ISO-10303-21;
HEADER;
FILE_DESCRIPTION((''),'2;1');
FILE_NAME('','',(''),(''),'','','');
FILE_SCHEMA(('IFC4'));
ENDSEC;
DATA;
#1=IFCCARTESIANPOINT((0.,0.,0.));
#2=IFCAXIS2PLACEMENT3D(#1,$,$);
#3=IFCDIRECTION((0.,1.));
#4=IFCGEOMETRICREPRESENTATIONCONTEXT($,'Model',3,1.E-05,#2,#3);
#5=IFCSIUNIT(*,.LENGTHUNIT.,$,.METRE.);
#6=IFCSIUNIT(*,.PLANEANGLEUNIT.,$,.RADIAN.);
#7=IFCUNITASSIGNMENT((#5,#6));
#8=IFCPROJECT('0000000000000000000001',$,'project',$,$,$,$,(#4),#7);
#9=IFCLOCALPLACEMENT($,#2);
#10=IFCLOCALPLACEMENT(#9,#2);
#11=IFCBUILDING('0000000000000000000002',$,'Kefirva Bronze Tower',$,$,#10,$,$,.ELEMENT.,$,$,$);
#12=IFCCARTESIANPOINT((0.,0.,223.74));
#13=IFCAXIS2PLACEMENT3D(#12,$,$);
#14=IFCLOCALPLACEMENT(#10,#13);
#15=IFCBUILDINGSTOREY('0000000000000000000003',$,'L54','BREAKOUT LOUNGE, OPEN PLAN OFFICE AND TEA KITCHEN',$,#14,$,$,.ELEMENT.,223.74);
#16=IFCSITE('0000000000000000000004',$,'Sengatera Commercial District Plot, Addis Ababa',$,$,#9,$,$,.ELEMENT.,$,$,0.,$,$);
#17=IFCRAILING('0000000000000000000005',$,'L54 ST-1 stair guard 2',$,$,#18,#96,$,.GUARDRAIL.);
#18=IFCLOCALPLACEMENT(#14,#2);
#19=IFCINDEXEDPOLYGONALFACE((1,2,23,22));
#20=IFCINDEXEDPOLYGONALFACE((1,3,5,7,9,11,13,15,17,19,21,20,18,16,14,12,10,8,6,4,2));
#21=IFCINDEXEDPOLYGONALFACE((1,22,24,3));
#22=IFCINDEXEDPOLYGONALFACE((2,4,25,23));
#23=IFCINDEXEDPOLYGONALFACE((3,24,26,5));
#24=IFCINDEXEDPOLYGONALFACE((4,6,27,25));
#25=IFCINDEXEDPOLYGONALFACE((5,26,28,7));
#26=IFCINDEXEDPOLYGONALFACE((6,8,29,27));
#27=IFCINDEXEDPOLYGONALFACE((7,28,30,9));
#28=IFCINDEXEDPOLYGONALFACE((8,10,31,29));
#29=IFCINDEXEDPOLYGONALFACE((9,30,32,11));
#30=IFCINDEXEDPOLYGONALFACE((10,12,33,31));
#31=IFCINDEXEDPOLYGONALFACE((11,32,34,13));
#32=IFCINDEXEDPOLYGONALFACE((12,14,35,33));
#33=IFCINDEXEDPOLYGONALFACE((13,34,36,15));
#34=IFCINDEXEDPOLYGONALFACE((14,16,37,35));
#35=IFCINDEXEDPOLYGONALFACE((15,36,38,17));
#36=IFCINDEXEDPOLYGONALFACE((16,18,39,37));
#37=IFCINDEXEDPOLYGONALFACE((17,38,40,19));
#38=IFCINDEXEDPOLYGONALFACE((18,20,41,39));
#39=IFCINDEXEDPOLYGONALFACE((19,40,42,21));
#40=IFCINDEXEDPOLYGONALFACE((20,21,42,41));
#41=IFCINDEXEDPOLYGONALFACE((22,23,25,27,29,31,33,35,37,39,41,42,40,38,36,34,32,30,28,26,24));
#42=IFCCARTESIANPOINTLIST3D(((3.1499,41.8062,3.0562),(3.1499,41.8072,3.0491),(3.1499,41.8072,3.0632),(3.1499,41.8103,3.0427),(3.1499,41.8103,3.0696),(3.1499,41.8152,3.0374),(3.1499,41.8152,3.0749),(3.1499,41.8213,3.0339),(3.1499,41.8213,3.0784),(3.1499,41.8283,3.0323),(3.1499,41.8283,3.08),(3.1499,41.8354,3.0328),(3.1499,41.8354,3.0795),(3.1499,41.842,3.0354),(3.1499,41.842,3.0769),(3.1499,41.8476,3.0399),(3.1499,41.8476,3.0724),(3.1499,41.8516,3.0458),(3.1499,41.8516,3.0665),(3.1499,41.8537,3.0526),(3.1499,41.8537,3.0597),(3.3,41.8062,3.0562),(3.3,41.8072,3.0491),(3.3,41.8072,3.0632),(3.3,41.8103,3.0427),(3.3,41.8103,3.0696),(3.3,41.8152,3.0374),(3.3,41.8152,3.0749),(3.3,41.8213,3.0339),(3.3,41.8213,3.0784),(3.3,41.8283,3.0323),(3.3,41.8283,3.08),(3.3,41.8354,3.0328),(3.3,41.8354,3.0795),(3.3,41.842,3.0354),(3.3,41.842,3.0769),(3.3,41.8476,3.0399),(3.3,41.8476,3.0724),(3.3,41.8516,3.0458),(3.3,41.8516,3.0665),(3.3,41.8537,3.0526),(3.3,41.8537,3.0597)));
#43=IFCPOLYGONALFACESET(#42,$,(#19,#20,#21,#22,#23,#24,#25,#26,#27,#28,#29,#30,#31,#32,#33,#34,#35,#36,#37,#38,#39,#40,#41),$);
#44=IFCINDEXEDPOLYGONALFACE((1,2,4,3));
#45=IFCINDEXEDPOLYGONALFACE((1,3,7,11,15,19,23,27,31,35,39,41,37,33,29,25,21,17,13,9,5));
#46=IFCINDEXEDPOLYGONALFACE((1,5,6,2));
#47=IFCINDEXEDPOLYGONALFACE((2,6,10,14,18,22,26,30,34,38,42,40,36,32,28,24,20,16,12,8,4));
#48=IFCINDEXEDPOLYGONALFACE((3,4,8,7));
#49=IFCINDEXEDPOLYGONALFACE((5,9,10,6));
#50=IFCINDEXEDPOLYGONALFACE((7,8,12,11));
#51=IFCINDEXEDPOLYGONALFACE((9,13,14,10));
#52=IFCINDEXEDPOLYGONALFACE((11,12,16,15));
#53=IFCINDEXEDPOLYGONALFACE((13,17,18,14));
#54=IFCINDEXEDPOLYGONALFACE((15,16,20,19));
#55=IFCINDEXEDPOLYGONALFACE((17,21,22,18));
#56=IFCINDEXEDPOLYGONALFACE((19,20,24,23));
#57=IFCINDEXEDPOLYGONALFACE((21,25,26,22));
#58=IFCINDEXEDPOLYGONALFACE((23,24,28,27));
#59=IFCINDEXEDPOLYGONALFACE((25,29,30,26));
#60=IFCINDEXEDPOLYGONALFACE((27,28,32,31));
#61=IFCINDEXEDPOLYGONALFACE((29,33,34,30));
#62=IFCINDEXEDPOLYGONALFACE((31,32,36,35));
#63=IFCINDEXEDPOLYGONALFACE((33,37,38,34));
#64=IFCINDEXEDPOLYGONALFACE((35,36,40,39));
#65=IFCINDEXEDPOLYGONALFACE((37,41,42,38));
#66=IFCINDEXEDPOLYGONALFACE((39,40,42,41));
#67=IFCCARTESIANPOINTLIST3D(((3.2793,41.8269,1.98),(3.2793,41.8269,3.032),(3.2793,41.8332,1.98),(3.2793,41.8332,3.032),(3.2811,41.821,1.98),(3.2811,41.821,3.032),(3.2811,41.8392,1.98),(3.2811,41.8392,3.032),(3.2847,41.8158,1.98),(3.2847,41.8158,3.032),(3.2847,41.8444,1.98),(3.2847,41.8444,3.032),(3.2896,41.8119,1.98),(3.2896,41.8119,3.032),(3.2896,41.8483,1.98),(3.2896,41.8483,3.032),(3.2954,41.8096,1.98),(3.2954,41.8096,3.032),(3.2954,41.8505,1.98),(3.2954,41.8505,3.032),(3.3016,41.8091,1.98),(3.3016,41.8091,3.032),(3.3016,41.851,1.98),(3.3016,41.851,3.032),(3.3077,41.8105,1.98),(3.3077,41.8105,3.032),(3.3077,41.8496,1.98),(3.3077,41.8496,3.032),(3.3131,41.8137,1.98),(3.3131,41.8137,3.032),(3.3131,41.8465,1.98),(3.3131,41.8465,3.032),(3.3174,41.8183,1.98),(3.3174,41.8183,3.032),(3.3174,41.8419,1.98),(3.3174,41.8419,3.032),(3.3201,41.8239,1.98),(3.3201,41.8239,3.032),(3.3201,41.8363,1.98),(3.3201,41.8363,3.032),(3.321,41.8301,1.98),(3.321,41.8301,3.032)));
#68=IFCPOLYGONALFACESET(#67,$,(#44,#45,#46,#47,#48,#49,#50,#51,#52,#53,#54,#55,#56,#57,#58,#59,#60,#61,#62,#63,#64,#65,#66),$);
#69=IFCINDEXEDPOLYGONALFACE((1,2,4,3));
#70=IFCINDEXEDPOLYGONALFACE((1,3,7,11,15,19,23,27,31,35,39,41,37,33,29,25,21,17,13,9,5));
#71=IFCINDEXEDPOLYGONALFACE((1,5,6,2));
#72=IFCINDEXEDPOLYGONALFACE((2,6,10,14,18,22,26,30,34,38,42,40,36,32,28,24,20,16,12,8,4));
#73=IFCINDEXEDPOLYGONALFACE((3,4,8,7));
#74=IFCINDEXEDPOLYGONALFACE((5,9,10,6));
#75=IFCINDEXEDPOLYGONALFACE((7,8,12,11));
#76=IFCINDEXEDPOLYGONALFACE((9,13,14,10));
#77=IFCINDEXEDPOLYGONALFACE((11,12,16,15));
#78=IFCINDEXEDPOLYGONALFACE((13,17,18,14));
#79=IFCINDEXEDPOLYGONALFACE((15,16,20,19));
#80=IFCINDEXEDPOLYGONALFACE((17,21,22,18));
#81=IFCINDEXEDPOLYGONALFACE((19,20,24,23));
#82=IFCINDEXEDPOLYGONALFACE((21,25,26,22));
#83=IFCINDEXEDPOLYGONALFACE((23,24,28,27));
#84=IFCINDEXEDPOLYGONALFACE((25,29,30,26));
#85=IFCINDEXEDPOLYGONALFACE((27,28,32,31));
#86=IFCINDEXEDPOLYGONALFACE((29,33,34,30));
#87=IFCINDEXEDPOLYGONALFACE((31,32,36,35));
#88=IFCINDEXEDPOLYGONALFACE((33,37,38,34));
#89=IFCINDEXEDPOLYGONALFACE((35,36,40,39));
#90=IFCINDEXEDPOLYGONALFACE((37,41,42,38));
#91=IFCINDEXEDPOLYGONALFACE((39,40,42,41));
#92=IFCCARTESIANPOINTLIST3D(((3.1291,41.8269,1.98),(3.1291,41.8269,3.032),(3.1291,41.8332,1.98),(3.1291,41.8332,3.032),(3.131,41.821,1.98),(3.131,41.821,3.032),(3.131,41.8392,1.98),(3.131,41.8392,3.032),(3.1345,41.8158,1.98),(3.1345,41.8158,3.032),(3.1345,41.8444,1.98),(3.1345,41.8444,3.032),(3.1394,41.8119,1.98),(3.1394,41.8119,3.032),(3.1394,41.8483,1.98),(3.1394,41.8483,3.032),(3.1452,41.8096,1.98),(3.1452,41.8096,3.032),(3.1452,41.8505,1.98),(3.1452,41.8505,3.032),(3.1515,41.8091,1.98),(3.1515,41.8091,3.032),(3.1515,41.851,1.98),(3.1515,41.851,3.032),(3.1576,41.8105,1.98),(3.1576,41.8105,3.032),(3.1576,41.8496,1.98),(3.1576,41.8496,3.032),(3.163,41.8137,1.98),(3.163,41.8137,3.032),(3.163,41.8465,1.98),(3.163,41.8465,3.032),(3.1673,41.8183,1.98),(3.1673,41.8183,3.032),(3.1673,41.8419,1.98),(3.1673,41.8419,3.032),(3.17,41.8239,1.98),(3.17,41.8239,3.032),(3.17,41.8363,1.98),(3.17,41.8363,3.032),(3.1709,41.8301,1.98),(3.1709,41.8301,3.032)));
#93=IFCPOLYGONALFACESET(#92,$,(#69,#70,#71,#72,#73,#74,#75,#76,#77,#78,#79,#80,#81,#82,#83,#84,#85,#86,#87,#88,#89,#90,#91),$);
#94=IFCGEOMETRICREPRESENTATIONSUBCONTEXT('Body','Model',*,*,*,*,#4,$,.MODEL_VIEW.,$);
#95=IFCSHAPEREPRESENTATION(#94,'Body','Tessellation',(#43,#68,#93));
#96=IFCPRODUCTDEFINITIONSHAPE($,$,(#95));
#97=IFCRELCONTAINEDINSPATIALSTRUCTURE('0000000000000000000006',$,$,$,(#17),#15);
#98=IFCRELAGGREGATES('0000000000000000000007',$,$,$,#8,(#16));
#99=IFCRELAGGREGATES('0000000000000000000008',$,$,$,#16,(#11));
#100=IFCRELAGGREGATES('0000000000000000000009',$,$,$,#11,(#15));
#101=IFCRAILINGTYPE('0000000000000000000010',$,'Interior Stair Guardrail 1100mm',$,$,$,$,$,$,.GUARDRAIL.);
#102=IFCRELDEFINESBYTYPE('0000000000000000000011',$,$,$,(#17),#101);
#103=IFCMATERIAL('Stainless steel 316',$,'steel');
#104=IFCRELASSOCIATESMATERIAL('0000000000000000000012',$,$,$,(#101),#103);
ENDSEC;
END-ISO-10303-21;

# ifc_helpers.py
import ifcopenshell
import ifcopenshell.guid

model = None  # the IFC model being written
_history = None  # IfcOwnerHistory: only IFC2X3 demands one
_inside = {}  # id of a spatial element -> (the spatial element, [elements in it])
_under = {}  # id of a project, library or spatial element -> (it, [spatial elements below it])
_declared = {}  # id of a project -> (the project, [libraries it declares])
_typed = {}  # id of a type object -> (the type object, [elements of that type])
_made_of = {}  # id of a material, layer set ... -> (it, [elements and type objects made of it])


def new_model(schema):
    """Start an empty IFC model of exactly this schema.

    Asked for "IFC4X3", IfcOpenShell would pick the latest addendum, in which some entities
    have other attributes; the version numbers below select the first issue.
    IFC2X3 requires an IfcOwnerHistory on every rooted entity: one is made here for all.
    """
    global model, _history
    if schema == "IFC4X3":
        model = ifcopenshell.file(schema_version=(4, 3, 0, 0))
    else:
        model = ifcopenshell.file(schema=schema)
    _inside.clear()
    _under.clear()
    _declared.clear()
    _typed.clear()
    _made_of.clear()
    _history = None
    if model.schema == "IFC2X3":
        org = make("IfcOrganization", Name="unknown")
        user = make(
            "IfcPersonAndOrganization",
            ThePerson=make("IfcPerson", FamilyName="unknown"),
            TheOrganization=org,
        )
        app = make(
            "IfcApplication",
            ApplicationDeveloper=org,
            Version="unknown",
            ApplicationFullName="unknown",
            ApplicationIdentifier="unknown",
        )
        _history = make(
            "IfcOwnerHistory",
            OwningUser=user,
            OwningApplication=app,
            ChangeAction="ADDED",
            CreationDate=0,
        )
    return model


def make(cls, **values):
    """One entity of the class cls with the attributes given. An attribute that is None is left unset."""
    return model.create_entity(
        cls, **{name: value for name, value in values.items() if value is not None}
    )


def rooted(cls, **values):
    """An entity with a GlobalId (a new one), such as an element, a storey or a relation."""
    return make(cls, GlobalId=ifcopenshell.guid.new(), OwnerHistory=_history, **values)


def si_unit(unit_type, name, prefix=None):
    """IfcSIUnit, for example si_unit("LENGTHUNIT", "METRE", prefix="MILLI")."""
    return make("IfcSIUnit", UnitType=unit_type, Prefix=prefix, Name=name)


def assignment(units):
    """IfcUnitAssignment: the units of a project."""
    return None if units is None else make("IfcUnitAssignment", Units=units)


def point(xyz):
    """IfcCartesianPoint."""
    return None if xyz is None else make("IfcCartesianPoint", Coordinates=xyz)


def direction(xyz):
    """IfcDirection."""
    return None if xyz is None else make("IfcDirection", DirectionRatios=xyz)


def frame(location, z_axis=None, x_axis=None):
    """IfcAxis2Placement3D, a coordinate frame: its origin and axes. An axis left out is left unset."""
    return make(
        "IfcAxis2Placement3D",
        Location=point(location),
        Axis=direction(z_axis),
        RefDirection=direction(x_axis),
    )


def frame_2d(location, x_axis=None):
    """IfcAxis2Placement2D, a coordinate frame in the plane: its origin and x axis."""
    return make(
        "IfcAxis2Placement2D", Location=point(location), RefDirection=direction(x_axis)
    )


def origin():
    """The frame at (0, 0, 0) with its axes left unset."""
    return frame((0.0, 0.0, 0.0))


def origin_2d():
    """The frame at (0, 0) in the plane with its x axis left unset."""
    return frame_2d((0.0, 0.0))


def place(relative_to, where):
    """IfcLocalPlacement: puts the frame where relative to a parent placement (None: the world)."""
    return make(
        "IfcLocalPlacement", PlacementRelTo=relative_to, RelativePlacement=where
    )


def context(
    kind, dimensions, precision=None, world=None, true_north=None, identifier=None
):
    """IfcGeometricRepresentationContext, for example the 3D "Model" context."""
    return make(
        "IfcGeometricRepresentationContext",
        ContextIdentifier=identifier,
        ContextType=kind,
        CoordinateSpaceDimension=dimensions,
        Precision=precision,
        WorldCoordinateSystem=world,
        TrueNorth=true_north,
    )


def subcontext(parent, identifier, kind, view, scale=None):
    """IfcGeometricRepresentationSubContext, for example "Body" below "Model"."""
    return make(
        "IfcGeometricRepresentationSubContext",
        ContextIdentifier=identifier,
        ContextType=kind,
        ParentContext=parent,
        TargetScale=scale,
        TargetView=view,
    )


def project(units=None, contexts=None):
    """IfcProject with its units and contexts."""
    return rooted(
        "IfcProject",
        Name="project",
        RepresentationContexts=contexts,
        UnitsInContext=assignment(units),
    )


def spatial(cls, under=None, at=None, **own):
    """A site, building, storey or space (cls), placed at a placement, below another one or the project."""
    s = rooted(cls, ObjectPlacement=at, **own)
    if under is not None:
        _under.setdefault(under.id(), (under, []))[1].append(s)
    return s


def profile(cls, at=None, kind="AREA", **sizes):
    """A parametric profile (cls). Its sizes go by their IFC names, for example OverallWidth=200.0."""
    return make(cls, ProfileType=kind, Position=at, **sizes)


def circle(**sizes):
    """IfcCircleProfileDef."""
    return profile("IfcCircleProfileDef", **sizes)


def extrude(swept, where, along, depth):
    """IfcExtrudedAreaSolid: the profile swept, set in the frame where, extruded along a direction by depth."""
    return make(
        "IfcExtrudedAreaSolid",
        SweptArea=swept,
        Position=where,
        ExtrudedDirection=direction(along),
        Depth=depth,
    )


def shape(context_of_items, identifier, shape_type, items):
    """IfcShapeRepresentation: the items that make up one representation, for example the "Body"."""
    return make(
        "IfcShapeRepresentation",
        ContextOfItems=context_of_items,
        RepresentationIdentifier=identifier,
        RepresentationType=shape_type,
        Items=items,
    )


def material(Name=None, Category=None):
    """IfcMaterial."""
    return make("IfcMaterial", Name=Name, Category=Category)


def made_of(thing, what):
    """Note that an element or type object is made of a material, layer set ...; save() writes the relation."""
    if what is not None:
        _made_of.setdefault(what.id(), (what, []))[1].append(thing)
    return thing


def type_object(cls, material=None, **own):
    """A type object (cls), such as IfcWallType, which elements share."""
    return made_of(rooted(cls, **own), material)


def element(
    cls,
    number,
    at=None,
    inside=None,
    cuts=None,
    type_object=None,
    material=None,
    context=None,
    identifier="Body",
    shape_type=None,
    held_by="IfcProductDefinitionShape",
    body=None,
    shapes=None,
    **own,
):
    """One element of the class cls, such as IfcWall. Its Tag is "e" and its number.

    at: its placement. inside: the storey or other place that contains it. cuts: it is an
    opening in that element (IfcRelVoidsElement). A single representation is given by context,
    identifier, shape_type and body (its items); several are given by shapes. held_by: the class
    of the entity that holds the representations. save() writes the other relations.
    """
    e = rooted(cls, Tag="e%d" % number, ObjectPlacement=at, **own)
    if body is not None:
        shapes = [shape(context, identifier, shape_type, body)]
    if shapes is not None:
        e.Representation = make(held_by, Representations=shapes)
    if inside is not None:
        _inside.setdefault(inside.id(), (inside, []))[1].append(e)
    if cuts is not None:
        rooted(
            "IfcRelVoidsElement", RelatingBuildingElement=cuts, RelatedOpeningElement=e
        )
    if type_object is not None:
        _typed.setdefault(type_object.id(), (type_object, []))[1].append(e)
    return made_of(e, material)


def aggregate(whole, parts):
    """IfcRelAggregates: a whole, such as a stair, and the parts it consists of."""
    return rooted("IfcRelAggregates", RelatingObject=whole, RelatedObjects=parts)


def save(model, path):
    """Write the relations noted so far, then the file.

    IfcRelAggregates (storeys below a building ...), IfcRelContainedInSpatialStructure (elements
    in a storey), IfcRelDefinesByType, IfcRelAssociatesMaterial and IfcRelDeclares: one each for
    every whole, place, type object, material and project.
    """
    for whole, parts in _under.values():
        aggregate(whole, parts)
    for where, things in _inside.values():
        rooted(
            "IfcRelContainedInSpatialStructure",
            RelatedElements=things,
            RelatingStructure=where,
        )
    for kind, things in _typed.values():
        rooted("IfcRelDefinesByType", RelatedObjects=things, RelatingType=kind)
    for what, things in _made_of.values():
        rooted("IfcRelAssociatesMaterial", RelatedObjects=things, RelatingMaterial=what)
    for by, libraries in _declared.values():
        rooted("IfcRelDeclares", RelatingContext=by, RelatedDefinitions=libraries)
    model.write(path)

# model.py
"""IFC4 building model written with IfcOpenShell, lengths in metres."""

from ifc_helpers import new_model, si_unit, direction, frame, origin, origin_2d, place, context, subcontext, project, spatial, circle, extrude, material, type_object, element, save


model = new_model("IFC4")

# Units and contexts
model_context = context("Model", 3, precision=1e-05, world=origin(), true_north=direction((0.0, 1.0)))
body_context = subcontext(model_context, "Body", "Model", "MODEL_VIEW")
ifc_project = project(units=[si_unit("LENGTHUNIT", "METRE"), si_unit("PLANEANGLEUNIT", "RADIAN")], contexts=[model_context])

# Site, building, storey
site_placement = place(None, origin())
site = spatial("IfcSite", under=ifc_project, at=site_placement, Name="Sengatera Commercial District Plot, Addis Ababa", CompositionType="ELEMENT", RefElevation=0.0)
building_placement = place(site_placement, origin())
building = spatial("IfcBuilding", under=site, at=building_placement, Name="Kefirva Bronze Tower", CompositionType="ELEMENT")
storey_placement = place(building_placement, frame((0.0, 0.0, 223.74)))
storey = spatial("IfcBuildingStorey", under=building, at=storey_placement, Name="L54", Description="BREAKOUT LOUNGE, OPEN PLAN OFFICE AND TEA KITCHEN", CompositionType="ELEMENT", Elevation=223.74)

# Railing
ifc_material_1 = material(Name="Stainless steel 316", Category="steel")
railing_type_1 = type_object("IfcRailingType", Name="Interior Stair Guardrail 1100mm", PredefinedType="GUARDRAIL", material=ifc_material_1)
railing_1_placement = place(storey_placement, frame((3.3, 41.8301, 1.98)))
element("IfcRailing", 1, at=railing_1_placement, inside=storey, type_object=railing_type_1, Name="L54 ST-1 stair guard 2", PredefinedType="GUARDRAIL", context=body_context, shape_type="SweptSolid", body=[
    extrude(circle(Radius=0.0239, at=origin_2d()), frame((0.0, 0.0, 1.0762), z_axis=(-1.0, 0.0, 0.0), x_axis=(0.0, -1.0, 0.0)), (0.0, 0.0, 1.0), 0.1501),
    extrude(circle(Radius=0.021, at=origin_2d()), origin(), (0.0, 0.0, 1.0), 1.052),
    extrude(circle(Radius=0.021, at=origin_2d()), frame((-0.1501, 0.0, 0.0)), (0.0, 0.0, 1.0), 1.052),
])

save(model, "model.ifc")
